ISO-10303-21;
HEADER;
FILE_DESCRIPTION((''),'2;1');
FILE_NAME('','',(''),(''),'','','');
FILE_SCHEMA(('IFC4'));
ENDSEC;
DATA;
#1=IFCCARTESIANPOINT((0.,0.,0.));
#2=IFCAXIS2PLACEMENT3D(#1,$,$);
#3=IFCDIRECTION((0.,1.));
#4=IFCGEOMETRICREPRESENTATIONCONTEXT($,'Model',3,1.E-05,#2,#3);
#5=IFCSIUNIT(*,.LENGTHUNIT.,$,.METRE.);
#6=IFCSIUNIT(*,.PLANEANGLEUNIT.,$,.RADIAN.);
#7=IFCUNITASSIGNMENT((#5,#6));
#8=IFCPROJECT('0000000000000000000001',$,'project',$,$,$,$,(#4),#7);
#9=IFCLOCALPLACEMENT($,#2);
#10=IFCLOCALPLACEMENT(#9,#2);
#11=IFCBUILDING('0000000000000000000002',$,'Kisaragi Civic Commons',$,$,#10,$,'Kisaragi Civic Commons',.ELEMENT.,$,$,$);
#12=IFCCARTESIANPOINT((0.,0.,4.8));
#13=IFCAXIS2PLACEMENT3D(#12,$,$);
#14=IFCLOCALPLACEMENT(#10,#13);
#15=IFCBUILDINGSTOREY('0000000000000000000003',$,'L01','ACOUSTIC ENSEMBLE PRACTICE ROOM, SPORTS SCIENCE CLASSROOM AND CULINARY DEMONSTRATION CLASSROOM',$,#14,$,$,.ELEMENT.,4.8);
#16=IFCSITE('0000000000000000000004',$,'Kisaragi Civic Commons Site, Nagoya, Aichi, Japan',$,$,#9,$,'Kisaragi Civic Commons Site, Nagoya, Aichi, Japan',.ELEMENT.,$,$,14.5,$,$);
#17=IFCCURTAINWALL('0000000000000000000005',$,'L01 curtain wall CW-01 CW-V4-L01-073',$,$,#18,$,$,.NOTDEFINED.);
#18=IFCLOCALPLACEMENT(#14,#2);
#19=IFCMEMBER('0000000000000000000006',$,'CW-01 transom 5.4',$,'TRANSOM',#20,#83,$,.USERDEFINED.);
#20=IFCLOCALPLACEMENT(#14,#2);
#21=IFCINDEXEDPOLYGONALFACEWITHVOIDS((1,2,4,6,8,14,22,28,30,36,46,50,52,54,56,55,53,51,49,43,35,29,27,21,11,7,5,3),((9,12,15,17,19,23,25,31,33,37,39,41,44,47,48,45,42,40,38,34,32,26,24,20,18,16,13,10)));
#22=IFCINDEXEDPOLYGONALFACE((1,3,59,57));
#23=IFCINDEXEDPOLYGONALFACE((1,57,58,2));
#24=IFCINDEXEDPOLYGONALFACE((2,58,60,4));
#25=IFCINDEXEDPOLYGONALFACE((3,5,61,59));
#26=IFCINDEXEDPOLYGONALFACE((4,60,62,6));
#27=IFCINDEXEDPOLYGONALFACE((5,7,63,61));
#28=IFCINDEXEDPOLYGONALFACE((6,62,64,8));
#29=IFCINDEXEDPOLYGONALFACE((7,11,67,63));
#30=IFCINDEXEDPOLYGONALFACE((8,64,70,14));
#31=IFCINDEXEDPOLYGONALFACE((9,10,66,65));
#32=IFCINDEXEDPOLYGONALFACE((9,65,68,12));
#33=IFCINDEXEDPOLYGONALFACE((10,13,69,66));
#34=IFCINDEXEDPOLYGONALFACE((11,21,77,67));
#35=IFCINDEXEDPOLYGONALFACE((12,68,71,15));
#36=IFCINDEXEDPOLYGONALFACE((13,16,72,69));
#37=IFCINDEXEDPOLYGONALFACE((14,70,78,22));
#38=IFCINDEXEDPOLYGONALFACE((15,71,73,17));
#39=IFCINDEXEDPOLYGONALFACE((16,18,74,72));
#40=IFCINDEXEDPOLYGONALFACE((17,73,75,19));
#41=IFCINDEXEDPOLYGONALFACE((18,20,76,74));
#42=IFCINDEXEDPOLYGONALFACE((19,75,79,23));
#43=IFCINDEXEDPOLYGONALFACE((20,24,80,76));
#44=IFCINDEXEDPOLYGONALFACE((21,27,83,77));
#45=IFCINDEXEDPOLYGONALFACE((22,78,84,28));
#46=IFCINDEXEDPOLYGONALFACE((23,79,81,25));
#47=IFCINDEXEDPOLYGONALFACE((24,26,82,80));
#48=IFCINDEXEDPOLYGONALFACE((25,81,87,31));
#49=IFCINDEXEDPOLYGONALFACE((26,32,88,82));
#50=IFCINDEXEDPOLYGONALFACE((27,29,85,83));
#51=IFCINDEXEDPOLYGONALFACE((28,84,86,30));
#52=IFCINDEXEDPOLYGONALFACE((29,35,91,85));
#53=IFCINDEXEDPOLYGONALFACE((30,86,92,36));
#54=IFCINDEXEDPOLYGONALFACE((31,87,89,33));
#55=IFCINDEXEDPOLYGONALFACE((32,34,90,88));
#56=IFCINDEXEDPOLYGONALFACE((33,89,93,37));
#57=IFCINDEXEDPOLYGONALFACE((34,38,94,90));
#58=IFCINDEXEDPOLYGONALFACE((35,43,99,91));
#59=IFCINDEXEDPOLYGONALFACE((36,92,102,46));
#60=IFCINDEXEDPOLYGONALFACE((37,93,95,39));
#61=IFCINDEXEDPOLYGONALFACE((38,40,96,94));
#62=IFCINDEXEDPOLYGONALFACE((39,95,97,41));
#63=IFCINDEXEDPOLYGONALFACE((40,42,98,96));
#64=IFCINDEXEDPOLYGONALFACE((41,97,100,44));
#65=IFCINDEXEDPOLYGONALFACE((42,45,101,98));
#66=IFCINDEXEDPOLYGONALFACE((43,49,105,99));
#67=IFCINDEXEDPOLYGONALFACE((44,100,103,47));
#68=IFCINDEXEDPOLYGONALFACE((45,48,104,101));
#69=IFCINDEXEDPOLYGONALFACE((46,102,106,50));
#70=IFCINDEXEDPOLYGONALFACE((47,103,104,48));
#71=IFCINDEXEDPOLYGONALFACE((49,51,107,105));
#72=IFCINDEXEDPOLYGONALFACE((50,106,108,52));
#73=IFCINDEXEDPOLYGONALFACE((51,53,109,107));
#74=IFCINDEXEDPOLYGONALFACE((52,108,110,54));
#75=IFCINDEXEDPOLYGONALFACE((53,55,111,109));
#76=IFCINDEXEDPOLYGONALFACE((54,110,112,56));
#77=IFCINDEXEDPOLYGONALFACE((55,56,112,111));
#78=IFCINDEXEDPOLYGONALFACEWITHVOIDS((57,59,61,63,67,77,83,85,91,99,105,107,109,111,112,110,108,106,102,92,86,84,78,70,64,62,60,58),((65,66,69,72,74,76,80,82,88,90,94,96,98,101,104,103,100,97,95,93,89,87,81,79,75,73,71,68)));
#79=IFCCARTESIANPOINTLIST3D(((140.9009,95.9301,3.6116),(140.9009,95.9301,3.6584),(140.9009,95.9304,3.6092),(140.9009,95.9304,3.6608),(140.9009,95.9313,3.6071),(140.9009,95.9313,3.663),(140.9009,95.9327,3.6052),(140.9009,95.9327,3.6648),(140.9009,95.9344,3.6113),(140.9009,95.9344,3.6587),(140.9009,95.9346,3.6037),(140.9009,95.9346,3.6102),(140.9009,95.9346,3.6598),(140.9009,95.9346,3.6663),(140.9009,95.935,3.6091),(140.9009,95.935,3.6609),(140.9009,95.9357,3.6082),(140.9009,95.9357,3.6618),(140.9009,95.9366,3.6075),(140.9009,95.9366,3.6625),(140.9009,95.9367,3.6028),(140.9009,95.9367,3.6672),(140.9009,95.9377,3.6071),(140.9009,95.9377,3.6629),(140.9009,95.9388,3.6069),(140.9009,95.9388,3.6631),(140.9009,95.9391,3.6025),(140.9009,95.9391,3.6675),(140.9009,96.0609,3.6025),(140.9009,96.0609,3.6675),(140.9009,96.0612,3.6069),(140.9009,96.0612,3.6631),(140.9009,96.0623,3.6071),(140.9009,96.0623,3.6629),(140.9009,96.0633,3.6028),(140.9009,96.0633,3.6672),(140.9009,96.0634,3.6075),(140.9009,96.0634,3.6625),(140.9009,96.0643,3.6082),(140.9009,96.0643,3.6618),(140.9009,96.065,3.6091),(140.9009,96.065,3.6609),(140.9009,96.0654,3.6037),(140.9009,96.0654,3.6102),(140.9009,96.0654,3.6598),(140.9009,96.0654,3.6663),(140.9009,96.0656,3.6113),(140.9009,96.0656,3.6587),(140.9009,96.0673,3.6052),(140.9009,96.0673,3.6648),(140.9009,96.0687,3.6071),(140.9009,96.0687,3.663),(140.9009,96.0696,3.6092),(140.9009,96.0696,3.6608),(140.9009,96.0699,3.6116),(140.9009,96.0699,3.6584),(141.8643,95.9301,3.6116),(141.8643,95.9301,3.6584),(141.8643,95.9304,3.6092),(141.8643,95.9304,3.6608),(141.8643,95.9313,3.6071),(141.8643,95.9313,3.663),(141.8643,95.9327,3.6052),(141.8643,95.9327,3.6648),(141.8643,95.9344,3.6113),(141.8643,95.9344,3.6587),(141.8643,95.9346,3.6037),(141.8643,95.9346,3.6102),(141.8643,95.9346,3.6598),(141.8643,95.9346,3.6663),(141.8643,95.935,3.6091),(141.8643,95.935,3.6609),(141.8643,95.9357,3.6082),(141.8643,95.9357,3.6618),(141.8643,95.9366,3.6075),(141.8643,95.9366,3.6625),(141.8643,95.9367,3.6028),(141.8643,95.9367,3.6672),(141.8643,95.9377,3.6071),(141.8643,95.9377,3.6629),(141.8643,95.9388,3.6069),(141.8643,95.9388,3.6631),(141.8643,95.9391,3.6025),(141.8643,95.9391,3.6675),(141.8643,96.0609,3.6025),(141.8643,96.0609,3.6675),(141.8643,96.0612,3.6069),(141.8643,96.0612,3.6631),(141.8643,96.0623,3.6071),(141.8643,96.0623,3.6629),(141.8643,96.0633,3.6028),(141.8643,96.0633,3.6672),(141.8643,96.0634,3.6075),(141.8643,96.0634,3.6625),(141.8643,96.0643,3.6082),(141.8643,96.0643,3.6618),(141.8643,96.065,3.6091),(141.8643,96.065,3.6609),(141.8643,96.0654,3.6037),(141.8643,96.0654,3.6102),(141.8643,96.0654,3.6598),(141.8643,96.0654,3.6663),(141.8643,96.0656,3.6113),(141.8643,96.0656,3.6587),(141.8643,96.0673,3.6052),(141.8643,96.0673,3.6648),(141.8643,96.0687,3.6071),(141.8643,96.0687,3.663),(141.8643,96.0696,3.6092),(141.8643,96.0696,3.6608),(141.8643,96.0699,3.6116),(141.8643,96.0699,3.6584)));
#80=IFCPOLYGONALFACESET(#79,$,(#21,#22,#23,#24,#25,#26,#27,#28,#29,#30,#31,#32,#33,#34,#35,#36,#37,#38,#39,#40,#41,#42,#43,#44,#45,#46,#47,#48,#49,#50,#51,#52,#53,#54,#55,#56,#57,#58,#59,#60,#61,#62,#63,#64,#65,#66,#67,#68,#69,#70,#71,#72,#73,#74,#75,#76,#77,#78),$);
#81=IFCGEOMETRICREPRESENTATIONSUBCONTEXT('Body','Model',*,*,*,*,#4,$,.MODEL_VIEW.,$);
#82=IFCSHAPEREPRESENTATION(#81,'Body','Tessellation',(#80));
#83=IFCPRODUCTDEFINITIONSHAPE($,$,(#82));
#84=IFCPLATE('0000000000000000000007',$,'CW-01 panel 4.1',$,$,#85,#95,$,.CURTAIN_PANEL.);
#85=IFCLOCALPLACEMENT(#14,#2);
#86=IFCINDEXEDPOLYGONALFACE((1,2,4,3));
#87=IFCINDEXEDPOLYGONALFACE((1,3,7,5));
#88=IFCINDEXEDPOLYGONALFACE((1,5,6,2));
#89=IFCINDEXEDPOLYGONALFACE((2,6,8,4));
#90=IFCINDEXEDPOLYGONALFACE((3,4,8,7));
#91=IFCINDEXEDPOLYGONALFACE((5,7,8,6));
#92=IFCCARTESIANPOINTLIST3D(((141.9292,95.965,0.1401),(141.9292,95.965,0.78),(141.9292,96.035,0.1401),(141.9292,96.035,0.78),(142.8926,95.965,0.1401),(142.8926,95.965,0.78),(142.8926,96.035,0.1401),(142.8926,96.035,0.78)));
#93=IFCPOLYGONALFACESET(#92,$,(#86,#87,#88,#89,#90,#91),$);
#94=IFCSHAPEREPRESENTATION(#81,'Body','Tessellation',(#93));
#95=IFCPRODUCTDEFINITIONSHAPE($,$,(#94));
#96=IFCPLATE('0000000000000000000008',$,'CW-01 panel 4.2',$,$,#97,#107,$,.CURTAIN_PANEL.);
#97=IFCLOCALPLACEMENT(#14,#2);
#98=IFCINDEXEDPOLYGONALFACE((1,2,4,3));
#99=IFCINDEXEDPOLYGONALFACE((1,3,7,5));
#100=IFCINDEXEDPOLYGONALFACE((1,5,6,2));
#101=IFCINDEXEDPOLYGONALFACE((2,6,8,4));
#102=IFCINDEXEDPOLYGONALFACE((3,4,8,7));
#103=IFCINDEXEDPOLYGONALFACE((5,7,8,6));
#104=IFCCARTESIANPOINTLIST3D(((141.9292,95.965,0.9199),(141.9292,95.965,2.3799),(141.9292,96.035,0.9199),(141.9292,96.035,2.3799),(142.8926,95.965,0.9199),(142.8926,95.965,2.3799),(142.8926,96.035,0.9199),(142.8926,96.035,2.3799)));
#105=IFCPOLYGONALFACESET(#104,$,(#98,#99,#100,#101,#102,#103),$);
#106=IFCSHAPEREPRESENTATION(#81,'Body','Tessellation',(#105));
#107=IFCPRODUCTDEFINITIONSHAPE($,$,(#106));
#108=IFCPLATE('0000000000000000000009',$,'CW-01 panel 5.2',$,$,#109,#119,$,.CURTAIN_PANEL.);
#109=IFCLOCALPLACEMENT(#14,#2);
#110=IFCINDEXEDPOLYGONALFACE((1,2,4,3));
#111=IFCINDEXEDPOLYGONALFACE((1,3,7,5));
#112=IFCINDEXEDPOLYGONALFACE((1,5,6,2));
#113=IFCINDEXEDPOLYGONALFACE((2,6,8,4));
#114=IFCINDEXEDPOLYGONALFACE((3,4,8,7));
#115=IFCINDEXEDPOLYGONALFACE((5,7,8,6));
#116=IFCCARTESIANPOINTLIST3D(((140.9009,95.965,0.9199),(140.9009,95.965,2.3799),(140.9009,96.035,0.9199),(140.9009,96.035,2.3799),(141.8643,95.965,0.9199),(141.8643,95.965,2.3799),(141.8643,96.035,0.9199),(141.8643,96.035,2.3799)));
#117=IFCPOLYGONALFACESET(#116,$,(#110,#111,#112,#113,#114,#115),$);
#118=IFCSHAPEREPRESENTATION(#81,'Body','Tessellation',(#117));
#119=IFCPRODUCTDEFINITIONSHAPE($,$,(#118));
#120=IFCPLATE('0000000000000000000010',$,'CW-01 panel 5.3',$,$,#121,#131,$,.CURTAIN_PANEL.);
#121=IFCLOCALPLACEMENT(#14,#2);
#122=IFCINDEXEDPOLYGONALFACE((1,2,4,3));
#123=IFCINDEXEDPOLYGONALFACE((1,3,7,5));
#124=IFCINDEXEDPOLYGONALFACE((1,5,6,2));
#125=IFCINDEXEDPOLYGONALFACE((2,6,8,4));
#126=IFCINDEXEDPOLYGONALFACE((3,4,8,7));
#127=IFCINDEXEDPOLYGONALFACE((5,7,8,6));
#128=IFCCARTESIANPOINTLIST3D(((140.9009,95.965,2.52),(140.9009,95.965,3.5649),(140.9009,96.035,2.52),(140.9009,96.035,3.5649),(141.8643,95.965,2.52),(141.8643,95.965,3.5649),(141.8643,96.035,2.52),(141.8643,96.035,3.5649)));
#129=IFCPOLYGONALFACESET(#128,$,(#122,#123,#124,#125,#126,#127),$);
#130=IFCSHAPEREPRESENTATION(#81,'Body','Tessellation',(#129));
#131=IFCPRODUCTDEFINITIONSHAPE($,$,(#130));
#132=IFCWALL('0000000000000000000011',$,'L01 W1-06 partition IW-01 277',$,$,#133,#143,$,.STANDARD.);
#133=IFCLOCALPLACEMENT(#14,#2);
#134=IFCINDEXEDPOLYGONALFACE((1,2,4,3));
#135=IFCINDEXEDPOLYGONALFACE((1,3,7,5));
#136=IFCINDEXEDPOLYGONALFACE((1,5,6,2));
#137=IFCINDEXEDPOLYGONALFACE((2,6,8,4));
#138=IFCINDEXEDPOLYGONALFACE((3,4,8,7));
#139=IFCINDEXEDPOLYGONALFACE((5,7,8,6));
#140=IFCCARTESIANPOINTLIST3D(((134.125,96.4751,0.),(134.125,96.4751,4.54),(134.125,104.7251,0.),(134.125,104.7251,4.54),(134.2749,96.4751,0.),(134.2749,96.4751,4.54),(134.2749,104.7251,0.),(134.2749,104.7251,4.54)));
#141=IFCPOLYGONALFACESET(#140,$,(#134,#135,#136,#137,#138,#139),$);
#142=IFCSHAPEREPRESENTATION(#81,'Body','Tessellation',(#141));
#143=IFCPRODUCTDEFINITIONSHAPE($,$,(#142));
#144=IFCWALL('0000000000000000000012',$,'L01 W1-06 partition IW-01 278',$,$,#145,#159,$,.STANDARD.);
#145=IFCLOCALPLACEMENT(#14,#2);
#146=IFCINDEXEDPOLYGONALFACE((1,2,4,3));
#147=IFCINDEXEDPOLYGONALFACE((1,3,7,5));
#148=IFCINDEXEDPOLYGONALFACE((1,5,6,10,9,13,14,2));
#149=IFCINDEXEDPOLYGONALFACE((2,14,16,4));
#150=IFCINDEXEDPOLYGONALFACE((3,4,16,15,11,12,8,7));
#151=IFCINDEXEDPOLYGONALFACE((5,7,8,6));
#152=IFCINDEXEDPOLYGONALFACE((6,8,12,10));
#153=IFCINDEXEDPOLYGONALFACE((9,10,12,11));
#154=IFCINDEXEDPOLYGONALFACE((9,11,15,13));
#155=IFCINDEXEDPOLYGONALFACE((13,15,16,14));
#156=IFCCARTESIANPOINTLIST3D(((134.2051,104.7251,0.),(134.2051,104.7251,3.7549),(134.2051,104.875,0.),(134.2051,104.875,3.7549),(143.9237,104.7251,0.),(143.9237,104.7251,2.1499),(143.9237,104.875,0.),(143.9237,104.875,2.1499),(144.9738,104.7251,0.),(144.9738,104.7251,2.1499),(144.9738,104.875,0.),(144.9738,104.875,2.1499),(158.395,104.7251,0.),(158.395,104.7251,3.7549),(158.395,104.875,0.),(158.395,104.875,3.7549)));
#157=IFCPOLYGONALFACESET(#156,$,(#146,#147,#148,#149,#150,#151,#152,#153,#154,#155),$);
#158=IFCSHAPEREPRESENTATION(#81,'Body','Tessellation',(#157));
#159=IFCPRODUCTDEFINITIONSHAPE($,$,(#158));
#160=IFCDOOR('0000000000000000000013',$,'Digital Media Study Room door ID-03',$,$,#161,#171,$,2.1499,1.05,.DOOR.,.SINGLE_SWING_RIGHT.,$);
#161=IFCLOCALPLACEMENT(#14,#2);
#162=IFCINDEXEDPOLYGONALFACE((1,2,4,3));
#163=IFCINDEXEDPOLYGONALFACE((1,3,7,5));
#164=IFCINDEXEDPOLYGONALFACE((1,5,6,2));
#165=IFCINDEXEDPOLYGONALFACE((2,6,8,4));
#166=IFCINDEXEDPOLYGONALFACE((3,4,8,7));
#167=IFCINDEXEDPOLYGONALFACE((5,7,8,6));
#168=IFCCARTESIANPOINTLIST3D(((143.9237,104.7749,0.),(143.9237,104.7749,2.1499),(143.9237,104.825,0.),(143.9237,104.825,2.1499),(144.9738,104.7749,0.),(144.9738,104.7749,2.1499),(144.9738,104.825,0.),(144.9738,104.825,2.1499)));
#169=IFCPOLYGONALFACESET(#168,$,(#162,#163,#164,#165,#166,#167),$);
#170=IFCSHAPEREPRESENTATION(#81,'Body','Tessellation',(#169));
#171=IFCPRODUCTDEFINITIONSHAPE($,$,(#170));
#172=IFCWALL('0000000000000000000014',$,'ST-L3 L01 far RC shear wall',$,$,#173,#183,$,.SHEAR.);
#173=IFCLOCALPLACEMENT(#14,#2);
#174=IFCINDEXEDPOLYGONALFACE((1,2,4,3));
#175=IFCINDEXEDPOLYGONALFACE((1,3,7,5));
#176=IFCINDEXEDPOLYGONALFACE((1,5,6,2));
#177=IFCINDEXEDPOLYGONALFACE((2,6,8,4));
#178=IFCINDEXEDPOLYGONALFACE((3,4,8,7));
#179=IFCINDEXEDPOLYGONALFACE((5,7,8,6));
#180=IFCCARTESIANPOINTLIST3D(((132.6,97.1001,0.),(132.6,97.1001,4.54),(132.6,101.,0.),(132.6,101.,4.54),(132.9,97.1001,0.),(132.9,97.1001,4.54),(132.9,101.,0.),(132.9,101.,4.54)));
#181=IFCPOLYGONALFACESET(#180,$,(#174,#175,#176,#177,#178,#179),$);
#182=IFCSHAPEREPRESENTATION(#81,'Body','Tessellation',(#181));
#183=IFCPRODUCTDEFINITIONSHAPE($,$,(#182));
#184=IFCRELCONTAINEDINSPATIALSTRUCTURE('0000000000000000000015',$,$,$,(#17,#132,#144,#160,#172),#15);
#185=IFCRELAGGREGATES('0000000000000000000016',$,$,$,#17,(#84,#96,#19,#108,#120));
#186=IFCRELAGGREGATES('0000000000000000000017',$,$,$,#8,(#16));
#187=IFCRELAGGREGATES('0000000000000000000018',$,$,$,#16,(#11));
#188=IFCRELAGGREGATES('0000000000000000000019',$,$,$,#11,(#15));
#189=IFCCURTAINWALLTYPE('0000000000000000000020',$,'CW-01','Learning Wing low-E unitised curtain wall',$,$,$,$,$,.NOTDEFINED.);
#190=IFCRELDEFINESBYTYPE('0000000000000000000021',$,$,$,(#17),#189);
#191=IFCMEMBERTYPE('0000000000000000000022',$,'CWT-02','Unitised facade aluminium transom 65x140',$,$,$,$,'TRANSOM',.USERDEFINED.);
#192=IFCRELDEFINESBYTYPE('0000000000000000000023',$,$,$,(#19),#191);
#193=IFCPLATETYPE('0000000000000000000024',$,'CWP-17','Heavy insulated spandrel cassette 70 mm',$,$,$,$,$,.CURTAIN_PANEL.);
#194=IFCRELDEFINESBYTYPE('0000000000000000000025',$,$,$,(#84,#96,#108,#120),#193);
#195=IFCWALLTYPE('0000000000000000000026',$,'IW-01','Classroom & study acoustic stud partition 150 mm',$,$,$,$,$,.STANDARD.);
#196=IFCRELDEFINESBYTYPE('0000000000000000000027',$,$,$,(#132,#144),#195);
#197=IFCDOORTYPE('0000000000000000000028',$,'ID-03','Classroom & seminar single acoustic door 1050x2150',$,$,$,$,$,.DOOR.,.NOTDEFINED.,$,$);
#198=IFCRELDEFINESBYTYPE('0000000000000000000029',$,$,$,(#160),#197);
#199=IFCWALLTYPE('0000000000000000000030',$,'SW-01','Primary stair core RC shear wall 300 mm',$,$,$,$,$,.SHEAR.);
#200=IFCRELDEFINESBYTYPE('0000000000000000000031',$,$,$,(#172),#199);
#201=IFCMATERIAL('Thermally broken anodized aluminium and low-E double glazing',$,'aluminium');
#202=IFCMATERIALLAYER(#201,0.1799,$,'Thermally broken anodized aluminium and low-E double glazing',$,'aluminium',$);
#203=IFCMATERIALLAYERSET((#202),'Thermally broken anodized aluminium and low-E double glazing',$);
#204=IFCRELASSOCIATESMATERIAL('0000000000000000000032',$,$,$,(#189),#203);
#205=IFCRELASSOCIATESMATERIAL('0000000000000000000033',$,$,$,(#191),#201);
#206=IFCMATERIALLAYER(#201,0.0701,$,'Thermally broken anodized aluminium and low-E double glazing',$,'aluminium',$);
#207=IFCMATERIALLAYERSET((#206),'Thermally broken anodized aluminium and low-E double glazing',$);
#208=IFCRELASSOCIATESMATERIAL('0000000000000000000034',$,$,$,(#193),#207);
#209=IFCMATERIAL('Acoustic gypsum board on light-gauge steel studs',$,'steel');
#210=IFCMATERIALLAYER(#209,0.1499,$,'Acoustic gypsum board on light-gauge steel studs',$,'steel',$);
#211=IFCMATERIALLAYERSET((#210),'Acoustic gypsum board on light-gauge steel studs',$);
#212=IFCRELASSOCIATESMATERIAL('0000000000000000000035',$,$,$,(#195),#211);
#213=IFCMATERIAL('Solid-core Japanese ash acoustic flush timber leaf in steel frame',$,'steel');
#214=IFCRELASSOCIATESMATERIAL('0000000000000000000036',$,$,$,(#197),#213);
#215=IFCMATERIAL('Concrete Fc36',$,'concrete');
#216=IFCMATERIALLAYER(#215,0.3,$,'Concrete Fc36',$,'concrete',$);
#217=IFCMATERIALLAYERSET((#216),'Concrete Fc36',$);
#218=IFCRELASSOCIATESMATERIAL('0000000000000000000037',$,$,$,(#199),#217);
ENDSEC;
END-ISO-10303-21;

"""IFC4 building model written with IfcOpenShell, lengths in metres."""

from ifc_helpers import new_model, si_unit, direction, frame, frame_2d, origin, origin_2d, place, context, subcontext, project, spatial, rectangle, hollow_rectangle, extrude, material, layer, layer_set, material_profile, profile_set, type_object, element, fill, aggregate, save


model = new_model("IFC4")

# Units and contexts
model_context = context("Model", 3, precision=1e-05, world=origin(), true_north=direction((0.0, 1.0)))
body_context = subcontext(model_context, "Body", "Model", "MODEL_VIEW")
ifc_project = project(units=[si_unit("LENGTHUNIT", "METRE"), si_unit("PLANEANGLEUNIT", "RADIAN")], contexts=[model_context])

# Site, building, storey
site_placement = place(None, origin())
site = spatial("IfcSite", under=ifc_project, at=site_placement, Name="Kisaragi Civic Commons Site, Nagoya, Aichi, Japan", LongName="Kisaragi Civic Commons Site, Nagoya, Aichi, Japan", CompositionType="ELEMENT", RefElevation=14.5)
building_placement = place(site_placement, origin())
building = spatial("IfcBuilding", under=site, at=building_placement, Name="Kisaragi Civic Commons", LongName="Kisaragi Civic Commons", CompositionType="ELEMENT")
storey_placement = place(building_placement, frame((0.0, 0.0, 4.8)))
storey = spatial("IfcBuildingStorey", under=building, at=storey_placement, Name="L01", Description="ACOUSTIC ENSEMBLE PRACTICE ROOM, SPORTS SCIENCE CLASSROOM AND CULINARY DEMONSTRATION CLASSROOM", CompositionType="ELEMENT", Elevation=4.8)

# Shared definitions
ifc_material_1 = material(Name="Concrete Fc36", Category="concrete")

# Curtain wall, member, plates
ifc_material_2 = material(Name="Thermally broken anodized aluminium and low-E double glazing", Category="aluminium")
ifc_layer_1 = layer(ifc_material_2, 0.1799, Name="Thermally broken anodized aluminium and low-E double glazing", Category="aluminium")
ifc_layer_set_1 = layer_set([ifc_layer_1], Name="Thermally broken anodized aluminium and low-E double glazing")
curtain_wall_type = type_object("IfcCurtainWallType", Name="CW-01", Description="Learning Wing low-E unitised curtain wall", PredefinedType="NOTDEFINED", material=ifc_layer_set_1)
curtain_wall_placement = place(storey_placement, origin())
curtain_wall = element("IfcCurtainWall", 1, at=curtain_wall_placement, inside=storey, type_object=curtain_wall_type, Name="L01 curtain wall CW-01 CW-V4-L01-073", PredefinedType="NOTDEFINED")
ifc_material_profile_1 = material_profile(ifc_material_2, hollow_rectangle(XDim=0.1399, YDim=0.0649, WallThickness=0.0044, InnerFilletRadius=0.0044, OuterFilletRadius=0.009, at=origin_2d()), Name="CWT-65x140x4.5", Category="aluminium")
ifc_profile_set_1 = profile_set([ifc_material_profile_1], Name="Thermally broken anodized aluminium and low-E double glazing")
member_type_1 = type_object("IfcMemberType", Name="CWT-02", Description="Unitised facade aluminium transom 65x140", ElementType="TRANSOM", PredefinedType="USERDEFINED", material=ifc_profile_set_1)
member_1_placement = place(storey_placement, frame((141.8643, 96.0, 3.635), z_axis=(-1.0, 0.0, 0.0), x_axis=(0.0, -1.0, 0.0)))
member_1 = element("IfcMember", 2, at=member_1_placement, type_object=member_type_1, Name="CW-01 transom 5.4", ObjectType="TRANSOM", PredefinedType="USERDEFINED", context=body_context, shape_type="SweptSolid", body=[
    extrude(hollow_rectangle(XDim=0.1399, YDim=0.0649, WallThickness=0.0044, InnerFilletRadius=0.0044, OuterFilletRadius=0.009, at=origin_2d()), origin(), (0.0, 0.0, 1.0), 0.9634),
])
ifc_layer_2 = layer(ifc_material_2, 0.0701, Name="Thermally broken anodized aluminium and low-E double glazing", Category="aluminium")
ifc_layer_set_2 = layer_set([ifc_layer_2], Name="Thermally broken anodized aluminium and low-E double glazing")
plate_type = type_object("IfcPlateType", Name="CWP-17", Description="Heavy insulated spandrel cassette 70 mm", PredefinedType="CURTAIN_PANEL", material=ifc_layer_set_2)
plate_1_placement = place(storey_placement, frame((142.4109, 96.0, 0.1401), z_axis=(0.0, 0.0, 1.0), x_axis=(-1.0, 0.0, 0.0)))
plate_1 = element("IfcPlate", 3, at=plate_1_placement, type_object=plate_type, Name="CW-01 panel 4.1", PredefinedType="CURTAIN_PANEL", context=body_context, shape_type="SweptSolid", body=[
    extrude(rectangle(XDim=0.9634, YDim=0.0701, at=origin_2d()), origin(), (0.0, 0.0, 1.0), 0.6399),
])
plate_2_placement = place(storey_placement, frame((142.4109, 96.0, 0.9199), z_axis=(0.0, 0.0, 1.0), x_axis=(-1.0, 0.0, 0.0)))
plate_2 = element("IfcPlate", 4, at=plate_2_placement, type_object=plate_type, Name="CW-01 panel 4.2", PredefinedType="CURTAIN_PANEL", context=body_context, shape_type="SweptSolid", body=[
    extrude(rectangle(XDim=0.9634, YDim=0.0701, at=origin_2d()), origin(), (0.0, 0.0, 1.0), 1.46),
])
plate_3_placement = place(storey_placement, frame((141.3826, 96.0, 0.9199), z_axis=(0.0, 0.0, 1.0), x_axis=(-1.0, 0.0, 0.0)))
plate_3 = element("IfcPlate", 5, at=plate_3_placement, type_object=plate_type, Name="CW-01 panel 5.2", PredefinedType="CURTAIN_PANEL", context=body_context, shape_type="SweptSolid", body=[
    extrude(rectangle(XDim=0.9634, YDim=0.0701, at=origin_2d()), origin(), (0.0, 0.0, 1.0), 1.46),
])
plate_4_placement = place(storey_placement, frame((141.3826, 96.0, 2.52), z_axis=(0.0, 0.0, 1.0), x_axis=(-1.0, 0.0, 0.0)))
plate_4 = element("IfcPlate", 6, at=plate_4_placement, type_object=plate_type, Name="CW-01 panel 5.3", PredefinedType="CURTAIN_PANEL", context=body_context, shape_type="SweptSolid", body=[
    extrude(rectangle(XDim=0.9634, YDim=0.0701, at=origin_2d()), origin(), (0.0, 0.0, 1.0), 1.0449),
])
aggregate(curtain_wall, [plate_1, plate_2, member_1, plate_3, plate_4])

# Wall
ifc_material_3 = material(Name="Acoustic gypsum board on light-gauge steel studs", Category="steel")
ifc_layer_3 = layer(ifc_material_3, 0.1499, Name="Acoustic gypsum board on light-gauge steel studs", Category="steel")
ifc_layer_set_3 = layer_set([ifc_layer_3], Name="Acoustic gypsum board on light-gauge steel studs")
wall_type_1 = type_object("IfcWallType", Name="IW-01", Description="Classroom & study acoustic stud partition 150 mm", PredefinedType="STANDARD", material=ifc_layer_set_3)
wall_1_placement = place(storey_placement, frame((134.2, 96.4751, 0.0), z_axis=(0.0, 0.0, 1.0), x_axis=(0.0, 1.0, 0.0)))
element("IfcWall", 7, at=wall_1_placement, inside=storey, type_object=wall_type_1, Name="L01 W1-06 partition IW-01 277", PredefinedType="STANDARD", context=body_context, shape_type="SweptSolid", body=[
    extrude(rectangle(XDim=8.25, YDim=0.1499, at=frame_2d((4.125, 0.0))), origin(), (0.0, 0.0, 1.0), 4.54),
])

# Wall, opening, door
wall_2_placement = place(storey_placement, frame((134.2051, 104.8, 0.0), z_axis=(0.0, 0.0, 1.0), x_axis=(1.0, 0.0, 0.0)))
wall_2 = element("IfcWall", 8, at=wall_2_placement, inside=storey, type_object=wall_type_1, Name="L01 W1-06 partition IW-01 278", PredefinedType="STANDARD", context=body_context, shape_type="SweptSolid", body=[
    extrude(rectangle(XDim=24.1899, YDim=0.1499, at=frame_2d((12.095, 0.0))), origin(), (0.0, 0.0, 1.0), 3.7549),
])
opening_1_placement = place(wall_2_placement, frame((9.7188, 0.0, 0.0)))
opening_1 = element("IfcOpeningElement", 9, at=opening_1_placement, cuts=wall_2, PredefinedType="OPENING", context=body_context, shape_type="SweptSolid", body=[
    extrude(rectangle(XDim=1.05, YDim=2.1499, at=frame_2d((0.5249, 1.075))), frame((0.0, 0.085, 0.0), z_axis=(0.0, -1.0, 0.0), x_axis=(1.0, 0.0, 0.0)), (0.0, 0.0, 1.0), 0.1699),
])
ifc_material_4 = material(Name="Solid-core Japanese ash acoustic flush timber leaf in steel frame", Category="steel")
door_type_1 = type_object("IfcDoorType", Name="ID-03", Description="Classroom & seminar single acoustic door 1050x2150", OperationType="NOTDEFINED", PredefinedType="DOOR", material=ifc_material_4)
door_1_placement = place(opening_1_placement, origin())
door_1 = element("IfcDoor", 10, at=door_1_placement, inside=storey, type_object=door_type_1, Name="Digital Media Study Room door ID-03", OperationType="SINGLE_SWING_RIGHT", OverallHeight=2.1499, OverallWidth=1.05, PredefinedType="DOOR", context=body_context, shape_type="SweptSolid", body=[
    extrude(rectangle(XDim=1.05, YDim=2.1499, at=frame_2d((0.5249, 1.075))), frame((0.0, 0.0249, 0.0), z_axis=(0.0, -1.0, 0.0), x_axis=(1.0, 0.0, 0.0)), (0.0, 0.0, 1.0), 0.05),
])
fill(opening_1, door_1)

# Wall
ifc_layer_4 = layer(ifc_material_1, 0.3, Name="Concrete Fc36", Category="concrete")
ifc_layer_set_4 = layer_set([ifc_layer_4], Name="Concrete Fc36")
wall_type_2 = type_object("IfcWallType", Name="SW-01", Description="Primary stair core RC shear wall 300 mm", PredefinedType="SHEAR", material=ifc_layer_set_4)
wall_3_placement = place(storey_placement, frame((132.75, 97.1001, 0.0), z_axis=(0.0, 0.0, 1.0), x_axis=(0.0, 1.0, 0.0)))
element("IfcWall", 11, at=wall_3_placement, inside=storey, type_object=wall_type_2, Name="ST-L3 L01 far RC shear wall", PredefinedType="SHEAR", context=body_context, shape_type="SweptSolid", body=[
    extrude(rectangle(XDim=3.8999, YDim=0.3, at=frame_2d((1.95, 0.0))), origin(), (0.0, 0.0, 1.0), 4.54),
])

save(model, "model.ifc")
